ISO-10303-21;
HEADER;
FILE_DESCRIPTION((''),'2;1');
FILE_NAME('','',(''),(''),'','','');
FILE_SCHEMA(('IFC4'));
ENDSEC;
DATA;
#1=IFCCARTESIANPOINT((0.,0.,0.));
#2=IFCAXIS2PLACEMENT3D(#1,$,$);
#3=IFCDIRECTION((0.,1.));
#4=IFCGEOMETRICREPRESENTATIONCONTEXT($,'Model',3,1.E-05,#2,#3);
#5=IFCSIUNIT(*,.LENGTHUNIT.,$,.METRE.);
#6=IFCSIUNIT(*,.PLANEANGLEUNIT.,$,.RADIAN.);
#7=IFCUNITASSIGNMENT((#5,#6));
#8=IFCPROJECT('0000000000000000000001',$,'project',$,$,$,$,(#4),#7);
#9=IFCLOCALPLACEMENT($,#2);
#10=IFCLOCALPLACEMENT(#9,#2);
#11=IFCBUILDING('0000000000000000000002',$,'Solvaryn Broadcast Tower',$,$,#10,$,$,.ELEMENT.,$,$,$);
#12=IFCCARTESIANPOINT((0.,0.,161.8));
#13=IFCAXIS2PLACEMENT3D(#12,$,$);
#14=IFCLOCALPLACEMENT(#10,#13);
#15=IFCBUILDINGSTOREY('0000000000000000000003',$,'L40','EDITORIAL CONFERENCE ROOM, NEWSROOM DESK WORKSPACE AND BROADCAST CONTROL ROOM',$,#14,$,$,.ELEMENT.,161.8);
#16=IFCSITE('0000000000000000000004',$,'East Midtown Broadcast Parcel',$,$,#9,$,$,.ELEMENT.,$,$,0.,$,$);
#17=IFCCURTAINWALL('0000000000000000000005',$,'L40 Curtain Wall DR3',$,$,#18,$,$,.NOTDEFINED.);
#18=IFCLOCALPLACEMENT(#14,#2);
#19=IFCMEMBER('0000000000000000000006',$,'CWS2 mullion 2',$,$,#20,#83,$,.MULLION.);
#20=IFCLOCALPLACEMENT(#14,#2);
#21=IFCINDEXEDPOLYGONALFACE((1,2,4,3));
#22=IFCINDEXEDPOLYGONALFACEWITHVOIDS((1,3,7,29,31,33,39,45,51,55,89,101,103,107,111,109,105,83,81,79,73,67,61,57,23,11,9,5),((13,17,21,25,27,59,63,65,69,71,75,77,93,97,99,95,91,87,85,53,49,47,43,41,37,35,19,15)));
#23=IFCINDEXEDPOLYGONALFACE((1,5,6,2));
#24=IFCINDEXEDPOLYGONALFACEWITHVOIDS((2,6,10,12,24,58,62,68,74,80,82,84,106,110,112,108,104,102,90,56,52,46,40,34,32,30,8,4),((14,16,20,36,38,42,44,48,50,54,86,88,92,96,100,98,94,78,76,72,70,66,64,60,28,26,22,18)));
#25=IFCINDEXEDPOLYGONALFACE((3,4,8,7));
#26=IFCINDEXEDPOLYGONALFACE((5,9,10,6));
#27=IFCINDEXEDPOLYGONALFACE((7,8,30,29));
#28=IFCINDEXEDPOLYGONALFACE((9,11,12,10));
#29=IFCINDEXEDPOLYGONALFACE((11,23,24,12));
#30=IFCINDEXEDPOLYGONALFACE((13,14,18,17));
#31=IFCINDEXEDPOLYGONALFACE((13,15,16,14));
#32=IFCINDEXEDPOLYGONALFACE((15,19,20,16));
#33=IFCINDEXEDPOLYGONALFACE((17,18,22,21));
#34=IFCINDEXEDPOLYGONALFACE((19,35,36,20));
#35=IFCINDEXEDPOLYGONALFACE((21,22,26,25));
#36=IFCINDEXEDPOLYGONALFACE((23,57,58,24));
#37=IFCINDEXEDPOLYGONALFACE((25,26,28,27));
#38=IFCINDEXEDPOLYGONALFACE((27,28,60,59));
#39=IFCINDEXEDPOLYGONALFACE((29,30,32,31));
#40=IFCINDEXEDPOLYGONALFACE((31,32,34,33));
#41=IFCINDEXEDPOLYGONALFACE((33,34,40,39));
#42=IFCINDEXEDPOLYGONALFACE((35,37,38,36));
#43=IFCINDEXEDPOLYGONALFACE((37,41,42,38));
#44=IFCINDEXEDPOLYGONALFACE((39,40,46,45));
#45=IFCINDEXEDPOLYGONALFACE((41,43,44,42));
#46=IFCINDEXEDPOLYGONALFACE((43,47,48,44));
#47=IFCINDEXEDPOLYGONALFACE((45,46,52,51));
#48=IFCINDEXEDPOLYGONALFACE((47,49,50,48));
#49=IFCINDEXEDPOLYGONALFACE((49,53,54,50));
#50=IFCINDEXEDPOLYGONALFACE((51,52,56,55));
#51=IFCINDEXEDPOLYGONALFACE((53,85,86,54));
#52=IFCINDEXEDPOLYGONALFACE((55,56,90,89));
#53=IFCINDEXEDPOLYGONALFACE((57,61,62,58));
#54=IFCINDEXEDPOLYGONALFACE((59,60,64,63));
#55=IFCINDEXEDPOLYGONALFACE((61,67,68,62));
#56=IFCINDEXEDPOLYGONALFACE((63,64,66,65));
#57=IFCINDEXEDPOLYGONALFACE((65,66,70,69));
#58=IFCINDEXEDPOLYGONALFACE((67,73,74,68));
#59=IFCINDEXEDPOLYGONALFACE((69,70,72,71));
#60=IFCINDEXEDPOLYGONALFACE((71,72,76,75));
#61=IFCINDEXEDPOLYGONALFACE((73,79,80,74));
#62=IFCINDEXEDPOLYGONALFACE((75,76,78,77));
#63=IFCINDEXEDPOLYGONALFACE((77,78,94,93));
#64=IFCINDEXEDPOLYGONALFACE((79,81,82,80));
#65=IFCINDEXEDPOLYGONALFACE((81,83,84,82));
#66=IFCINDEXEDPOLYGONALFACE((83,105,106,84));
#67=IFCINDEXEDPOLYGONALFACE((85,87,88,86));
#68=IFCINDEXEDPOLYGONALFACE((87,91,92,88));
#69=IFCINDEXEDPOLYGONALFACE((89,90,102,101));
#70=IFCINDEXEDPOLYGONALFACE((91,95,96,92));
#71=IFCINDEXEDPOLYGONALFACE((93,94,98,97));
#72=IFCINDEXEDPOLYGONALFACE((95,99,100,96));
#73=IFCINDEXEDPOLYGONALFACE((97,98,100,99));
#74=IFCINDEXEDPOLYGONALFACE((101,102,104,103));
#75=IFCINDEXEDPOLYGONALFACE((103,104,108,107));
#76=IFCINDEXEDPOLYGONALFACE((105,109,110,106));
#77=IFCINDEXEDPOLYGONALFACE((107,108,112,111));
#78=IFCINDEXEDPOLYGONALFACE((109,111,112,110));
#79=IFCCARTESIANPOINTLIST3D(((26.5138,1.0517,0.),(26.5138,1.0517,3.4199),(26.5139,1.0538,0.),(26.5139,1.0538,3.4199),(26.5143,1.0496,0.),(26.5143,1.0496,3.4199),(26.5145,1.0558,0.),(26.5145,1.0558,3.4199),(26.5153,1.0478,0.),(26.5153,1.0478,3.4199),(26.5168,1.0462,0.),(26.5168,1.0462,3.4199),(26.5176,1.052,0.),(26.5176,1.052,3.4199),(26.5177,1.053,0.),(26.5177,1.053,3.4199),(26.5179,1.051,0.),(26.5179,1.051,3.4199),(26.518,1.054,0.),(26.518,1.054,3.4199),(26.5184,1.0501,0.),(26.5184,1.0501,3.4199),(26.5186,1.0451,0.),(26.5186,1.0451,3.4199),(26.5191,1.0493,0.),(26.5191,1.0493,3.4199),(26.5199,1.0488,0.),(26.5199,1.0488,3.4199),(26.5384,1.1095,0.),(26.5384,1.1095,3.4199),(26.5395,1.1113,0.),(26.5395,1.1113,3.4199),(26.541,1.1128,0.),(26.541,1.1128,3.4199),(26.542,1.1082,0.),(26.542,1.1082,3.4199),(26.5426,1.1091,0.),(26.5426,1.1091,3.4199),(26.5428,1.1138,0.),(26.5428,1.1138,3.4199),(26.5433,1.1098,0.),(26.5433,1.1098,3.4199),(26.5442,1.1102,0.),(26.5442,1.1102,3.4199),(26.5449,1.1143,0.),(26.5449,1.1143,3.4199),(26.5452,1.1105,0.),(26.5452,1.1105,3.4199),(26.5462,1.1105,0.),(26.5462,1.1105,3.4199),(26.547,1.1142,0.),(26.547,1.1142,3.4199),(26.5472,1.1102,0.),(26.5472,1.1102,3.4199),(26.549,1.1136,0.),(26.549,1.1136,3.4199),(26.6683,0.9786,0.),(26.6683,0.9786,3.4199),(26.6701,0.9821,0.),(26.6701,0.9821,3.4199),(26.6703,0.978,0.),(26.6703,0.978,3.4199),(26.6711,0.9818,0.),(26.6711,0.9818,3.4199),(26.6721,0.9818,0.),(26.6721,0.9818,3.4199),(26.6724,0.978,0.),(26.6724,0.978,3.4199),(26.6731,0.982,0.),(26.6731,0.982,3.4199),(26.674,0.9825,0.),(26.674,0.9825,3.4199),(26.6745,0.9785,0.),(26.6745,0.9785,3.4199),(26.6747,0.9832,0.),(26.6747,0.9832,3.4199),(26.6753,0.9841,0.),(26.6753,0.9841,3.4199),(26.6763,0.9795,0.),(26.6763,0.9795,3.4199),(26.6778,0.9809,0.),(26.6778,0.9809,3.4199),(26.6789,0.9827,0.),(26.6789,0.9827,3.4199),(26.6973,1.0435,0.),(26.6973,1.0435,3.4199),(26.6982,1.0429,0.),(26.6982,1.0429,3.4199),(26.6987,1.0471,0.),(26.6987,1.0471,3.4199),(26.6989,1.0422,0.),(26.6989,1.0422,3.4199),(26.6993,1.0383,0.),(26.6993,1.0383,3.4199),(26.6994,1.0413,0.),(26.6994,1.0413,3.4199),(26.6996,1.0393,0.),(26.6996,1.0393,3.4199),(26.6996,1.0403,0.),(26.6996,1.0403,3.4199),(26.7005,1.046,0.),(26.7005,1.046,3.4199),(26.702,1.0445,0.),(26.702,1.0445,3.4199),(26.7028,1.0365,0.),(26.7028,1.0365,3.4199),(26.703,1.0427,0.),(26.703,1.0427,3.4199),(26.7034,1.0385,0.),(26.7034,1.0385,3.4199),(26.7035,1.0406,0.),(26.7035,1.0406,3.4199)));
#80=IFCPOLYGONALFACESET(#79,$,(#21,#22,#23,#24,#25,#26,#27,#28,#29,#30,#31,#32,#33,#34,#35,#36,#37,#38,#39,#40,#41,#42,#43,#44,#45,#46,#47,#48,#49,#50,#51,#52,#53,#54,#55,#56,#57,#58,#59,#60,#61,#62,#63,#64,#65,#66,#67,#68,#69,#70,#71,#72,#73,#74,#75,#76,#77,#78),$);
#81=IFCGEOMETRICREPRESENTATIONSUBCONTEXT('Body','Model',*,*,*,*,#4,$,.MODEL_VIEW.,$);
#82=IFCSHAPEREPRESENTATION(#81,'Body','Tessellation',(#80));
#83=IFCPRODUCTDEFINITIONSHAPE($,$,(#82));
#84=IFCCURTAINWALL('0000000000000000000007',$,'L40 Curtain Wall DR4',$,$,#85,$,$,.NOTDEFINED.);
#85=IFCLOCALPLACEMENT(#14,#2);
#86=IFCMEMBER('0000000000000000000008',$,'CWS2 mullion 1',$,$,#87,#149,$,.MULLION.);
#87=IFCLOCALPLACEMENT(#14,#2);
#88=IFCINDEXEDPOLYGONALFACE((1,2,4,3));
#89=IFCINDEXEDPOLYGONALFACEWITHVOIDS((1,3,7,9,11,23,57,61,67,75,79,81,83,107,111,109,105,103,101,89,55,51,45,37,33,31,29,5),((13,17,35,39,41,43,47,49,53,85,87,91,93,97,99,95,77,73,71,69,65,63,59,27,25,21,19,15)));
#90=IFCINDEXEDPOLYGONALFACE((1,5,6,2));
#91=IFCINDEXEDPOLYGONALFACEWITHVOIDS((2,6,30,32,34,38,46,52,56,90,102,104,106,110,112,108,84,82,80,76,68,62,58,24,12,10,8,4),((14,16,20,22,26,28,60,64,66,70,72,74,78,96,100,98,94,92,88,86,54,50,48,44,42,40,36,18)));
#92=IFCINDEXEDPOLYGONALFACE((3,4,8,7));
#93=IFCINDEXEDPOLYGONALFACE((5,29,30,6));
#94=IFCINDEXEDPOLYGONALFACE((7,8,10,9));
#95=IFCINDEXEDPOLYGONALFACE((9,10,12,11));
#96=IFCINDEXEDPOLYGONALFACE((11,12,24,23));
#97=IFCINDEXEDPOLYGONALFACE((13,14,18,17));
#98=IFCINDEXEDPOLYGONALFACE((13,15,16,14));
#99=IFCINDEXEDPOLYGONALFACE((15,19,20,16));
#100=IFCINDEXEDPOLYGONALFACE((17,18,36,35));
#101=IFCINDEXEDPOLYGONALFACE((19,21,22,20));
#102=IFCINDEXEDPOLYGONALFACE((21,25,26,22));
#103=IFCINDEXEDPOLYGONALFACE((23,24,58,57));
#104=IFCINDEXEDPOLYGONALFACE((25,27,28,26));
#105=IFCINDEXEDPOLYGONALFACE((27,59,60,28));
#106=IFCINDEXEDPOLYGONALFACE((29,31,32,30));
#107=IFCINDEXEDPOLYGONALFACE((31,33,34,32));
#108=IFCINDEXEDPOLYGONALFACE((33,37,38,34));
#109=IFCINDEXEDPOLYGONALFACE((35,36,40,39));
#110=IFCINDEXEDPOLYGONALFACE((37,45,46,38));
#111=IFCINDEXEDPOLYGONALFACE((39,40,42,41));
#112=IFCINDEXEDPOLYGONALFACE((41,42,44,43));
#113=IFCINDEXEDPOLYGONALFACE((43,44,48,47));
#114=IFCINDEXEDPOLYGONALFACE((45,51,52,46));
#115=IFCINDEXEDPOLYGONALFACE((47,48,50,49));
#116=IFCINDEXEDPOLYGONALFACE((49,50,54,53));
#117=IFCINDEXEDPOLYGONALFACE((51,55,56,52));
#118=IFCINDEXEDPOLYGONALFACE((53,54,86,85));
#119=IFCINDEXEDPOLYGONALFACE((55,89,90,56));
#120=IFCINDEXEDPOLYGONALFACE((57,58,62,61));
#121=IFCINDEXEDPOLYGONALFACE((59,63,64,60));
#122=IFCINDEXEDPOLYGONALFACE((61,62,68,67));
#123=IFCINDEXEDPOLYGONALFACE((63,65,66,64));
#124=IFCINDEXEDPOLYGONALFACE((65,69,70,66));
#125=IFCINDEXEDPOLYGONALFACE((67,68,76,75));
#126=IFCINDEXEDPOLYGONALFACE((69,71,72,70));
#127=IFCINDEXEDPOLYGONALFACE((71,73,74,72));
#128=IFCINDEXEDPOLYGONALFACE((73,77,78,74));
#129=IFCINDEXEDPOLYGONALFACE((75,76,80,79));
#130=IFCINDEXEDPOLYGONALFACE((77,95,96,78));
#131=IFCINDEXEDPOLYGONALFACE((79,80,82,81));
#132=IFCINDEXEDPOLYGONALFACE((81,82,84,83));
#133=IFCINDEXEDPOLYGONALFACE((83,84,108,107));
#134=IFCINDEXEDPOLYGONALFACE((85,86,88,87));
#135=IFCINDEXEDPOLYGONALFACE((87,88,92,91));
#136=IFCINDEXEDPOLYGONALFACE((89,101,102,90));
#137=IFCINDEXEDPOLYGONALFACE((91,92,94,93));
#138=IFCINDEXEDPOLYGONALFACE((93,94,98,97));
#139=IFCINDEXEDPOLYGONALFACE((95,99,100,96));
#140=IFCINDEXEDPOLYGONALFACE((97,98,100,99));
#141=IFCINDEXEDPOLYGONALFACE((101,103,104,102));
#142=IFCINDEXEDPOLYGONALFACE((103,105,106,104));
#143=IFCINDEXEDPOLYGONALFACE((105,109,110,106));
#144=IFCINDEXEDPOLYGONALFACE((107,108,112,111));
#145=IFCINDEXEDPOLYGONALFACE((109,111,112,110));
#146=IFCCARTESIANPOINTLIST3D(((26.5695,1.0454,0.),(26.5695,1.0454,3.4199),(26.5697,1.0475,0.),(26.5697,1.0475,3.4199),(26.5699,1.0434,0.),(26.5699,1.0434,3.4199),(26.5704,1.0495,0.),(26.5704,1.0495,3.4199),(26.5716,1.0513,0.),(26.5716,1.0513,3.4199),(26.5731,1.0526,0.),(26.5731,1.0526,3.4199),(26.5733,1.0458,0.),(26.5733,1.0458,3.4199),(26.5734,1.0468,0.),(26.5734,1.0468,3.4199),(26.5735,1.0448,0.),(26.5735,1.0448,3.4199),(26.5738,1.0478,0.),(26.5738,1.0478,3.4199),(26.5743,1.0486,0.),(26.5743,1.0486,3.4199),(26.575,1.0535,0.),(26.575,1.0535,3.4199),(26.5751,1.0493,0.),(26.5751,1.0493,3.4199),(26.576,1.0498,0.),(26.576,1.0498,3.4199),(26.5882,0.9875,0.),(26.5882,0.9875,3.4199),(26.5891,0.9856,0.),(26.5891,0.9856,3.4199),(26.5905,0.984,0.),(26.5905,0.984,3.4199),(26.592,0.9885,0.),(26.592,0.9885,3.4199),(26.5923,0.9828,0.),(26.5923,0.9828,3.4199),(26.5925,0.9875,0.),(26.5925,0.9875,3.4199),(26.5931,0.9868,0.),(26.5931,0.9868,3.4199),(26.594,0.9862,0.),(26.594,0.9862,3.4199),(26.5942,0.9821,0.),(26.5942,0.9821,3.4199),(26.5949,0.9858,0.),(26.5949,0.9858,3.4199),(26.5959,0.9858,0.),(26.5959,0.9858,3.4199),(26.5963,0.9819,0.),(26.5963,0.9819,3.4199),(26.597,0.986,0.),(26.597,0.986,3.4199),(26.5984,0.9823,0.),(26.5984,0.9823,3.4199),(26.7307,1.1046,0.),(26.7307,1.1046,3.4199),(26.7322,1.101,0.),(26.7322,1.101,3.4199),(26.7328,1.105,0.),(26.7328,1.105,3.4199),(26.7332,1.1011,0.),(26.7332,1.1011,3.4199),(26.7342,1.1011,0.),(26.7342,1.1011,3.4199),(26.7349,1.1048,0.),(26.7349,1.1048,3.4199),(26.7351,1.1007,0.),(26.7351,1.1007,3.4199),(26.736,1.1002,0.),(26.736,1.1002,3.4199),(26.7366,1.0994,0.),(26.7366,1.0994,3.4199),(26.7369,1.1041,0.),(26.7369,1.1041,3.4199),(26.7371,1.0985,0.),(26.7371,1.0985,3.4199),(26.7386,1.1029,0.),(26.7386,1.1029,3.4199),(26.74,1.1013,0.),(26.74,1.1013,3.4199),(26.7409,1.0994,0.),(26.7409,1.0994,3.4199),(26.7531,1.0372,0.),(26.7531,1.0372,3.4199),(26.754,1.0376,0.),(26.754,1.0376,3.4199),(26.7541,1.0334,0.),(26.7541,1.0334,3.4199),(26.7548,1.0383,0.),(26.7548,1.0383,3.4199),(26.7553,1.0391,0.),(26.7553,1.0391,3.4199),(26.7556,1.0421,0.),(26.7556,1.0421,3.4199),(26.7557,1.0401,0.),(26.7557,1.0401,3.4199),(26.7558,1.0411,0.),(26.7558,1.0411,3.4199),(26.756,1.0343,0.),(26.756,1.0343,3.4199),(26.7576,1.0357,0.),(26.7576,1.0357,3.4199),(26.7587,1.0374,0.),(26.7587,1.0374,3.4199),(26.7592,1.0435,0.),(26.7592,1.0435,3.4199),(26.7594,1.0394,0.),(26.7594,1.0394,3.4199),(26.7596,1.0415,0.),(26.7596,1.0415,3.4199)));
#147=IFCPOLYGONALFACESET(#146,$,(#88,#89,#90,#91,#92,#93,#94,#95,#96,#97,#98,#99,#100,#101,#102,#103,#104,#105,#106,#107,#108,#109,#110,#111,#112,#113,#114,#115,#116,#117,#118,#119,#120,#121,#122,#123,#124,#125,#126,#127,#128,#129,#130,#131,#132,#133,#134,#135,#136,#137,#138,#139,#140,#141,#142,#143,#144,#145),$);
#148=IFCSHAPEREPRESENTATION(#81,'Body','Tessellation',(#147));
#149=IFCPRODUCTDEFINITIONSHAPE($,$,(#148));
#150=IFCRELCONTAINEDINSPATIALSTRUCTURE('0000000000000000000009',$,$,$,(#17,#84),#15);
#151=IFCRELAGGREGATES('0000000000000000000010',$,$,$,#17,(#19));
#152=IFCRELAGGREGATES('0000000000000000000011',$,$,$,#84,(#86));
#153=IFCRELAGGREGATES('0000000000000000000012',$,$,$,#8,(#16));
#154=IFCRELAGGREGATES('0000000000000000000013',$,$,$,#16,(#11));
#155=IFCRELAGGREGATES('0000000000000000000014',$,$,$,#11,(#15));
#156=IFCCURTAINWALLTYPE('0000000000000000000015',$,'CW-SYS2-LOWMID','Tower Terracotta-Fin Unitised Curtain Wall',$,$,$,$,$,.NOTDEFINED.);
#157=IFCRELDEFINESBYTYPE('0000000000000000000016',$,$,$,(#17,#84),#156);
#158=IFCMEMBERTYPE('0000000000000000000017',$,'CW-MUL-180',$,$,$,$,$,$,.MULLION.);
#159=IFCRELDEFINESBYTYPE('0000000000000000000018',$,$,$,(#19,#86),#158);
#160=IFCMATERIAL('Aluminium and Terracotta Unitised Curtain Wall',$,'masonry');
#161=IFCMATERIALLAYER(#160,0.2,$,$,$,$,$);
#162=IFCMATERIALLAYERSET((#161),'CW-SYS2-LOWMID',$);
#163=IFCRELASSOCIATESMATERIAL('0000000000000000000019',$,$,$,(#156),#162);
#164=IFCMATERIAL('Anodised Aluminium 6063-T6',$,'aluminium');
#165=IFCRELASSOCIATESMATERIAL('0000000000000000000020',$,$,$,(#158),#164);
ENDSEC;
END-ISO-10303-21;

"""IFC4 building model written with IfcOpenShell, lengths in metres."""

from ifc_helpers import new_model, si_unit, direction, frame, origin, origin_2d, place, context, subcontext, project, spatial, hollow_rectangle, extrude, material, layer, layer_set, material_profile, profile_set, type_object, element, aggregate, save


model = new_model("IFC4")

# Units and contexts
model_context = context("Model", 3, precision=1e-05, world=origin(), true_north=direction((0.0, 1.0)))
body_context = subcontext(model_context, "Body", "Model", "MODEL_VIEW")
ifc_project = project(units=[si_unit("LENGTHUNIT", "METRE"), si_unit("PLANEANGLEUNIT", "RADIAN")], contexts=[model_context])

# Site, building, storey
site_placement = place(None, origin())
site = spatial("IfcSite", under=ifc_project, at=site_placement, Name="East Midtown Broadcast Parcel", CompositionType="ELEMENT", RefElevation=0.0)
building_placement = place(site_placement, origin())
building = spatial("IfcBuilding", under=site, at=building_placement, Name="Solvaryn Broadcast Tower", CompositionType="ELEMENT")
storey_placement = place(building_placement, frame((0.0, 0.0, 161.8)))
storey = spatial("IfcBuildingStorey", under=building, at=storey_placement, Name="L40", Description="EDITORIAL CONFERENCE ROOM, NEWSROOM DESK WORKSPACE AND BROADCAST CONTROL ROOM", CompositionType="ELEMENT", Elevation=161.8)

# Curtain wall, member
ifc_material_1 = material(Name="Aluminium and Terracotta Unitised Curtain Wall", Category="masonry")
ifc_layer_1 = layer(ifc_material_1, 0.2)
ifc_layer_set_1 = layer_set([ifc_layer_1], Name="CW-SYS2-LOWMID")
curtain_wall_type = type_object("IfcCurtainWallType", Name="CW-SYS2-LOWMID", Description="Tower Terracotta-Fin Unitised Curtain Wall", PredefinedType="NOTDEFINED", material=ifc_layer_set_1)
curtain_wall_1_placement = place(storey_placement, origin())
curtain_wall_1 = element("IfcCurtainWall", 1, at=curtain_wall_1_placement, inside=storey, type_object=curtain_wall_type, Name="L40 Curtain Wall DR3", PredefinedType="NOTDEFINED")
ifc_material_2 = material(Name="Anodised Aluminium 6063-T6", Category="aluminium")
ifc_material_profile_1 = material_profile(ifc_material_2, hollow_rectangle(XDim=0.075, YDim=0.1799, WallThickness=0.0039, InnerFilletRadius=0.0039, OuterFilletRadius=0.0081, at=origin_2d()))
ifc_profile_set_1 = profile_set([ifc_material_profile_1], Name="Anodised Aluminium 6063-T6")
member_type_1 = type_object("IfcMemberType", Name="CW-MUL-180", PredefinedType="MULLION", material=ifc_profile_set_1)
member_1_placement = place(storey_placement, frame((26.6086, 1.0461, 0.0), z_axis=(0.0, 0.0, 1.0), x_axis=(0.405918, 0.913909, 0.0)))
member_1 = element("IfcMember", 2, at=member_1_placement, type_object=member_type_1, Name="CWS2 mullion 2", PredefinedType="MULLION", context=body_context, shape_type="SweptSolid", body=[
    extrude(hollow_rectangle(XDim=0.075, YDim=0.1799, WallThickness=0.0039, InnerFilletRadius=0.0039, OuterFilletRadius=0.0081, at=origin_2d()), origin(), (0.0, 0.0, 1.0), 3.4199),
])
aggregate(curtain_wall_1, [member_1])

# Curtain wall, member
curtain_wall_2_placement = place(storey_placement, origin())
curtain_wall_2 = element("IfcCurtainWall", 3, at=curtain_wall_2_placement, inside=storey, type_object=curtain_wall_type, Name="L40 Curtain Wall DR4", PredefinedType="NOTDEFINED")
member_2_placement = place(storey_placement, frame((26.6646, 1.0435, 0.0), z_axis=(0.0, 0.0, 1.0), x_axis=(-0.311646, 0.950198, 0.0)))
member_2 = element("IfcMember", 4, at=member_2_placement, type_object=member_type_1, Name="CWS2 mullion 1", PredefinedType="MULLION", context=body_context, shape_type="SweptSolid", body=[
    extrude(hollow_rectangle(XDim=0.075, YDim=0.1799, WallThickness=0.0039, InnerFilletRadius=0.0039, OuterFilletRadius=0.0081, at=origin_2d()), origin(), (0.0, 0.0, 1.0), 3.4199),
])
aggregate(curtain_wall_2, [member_2])

save(model, "model.ifc")
